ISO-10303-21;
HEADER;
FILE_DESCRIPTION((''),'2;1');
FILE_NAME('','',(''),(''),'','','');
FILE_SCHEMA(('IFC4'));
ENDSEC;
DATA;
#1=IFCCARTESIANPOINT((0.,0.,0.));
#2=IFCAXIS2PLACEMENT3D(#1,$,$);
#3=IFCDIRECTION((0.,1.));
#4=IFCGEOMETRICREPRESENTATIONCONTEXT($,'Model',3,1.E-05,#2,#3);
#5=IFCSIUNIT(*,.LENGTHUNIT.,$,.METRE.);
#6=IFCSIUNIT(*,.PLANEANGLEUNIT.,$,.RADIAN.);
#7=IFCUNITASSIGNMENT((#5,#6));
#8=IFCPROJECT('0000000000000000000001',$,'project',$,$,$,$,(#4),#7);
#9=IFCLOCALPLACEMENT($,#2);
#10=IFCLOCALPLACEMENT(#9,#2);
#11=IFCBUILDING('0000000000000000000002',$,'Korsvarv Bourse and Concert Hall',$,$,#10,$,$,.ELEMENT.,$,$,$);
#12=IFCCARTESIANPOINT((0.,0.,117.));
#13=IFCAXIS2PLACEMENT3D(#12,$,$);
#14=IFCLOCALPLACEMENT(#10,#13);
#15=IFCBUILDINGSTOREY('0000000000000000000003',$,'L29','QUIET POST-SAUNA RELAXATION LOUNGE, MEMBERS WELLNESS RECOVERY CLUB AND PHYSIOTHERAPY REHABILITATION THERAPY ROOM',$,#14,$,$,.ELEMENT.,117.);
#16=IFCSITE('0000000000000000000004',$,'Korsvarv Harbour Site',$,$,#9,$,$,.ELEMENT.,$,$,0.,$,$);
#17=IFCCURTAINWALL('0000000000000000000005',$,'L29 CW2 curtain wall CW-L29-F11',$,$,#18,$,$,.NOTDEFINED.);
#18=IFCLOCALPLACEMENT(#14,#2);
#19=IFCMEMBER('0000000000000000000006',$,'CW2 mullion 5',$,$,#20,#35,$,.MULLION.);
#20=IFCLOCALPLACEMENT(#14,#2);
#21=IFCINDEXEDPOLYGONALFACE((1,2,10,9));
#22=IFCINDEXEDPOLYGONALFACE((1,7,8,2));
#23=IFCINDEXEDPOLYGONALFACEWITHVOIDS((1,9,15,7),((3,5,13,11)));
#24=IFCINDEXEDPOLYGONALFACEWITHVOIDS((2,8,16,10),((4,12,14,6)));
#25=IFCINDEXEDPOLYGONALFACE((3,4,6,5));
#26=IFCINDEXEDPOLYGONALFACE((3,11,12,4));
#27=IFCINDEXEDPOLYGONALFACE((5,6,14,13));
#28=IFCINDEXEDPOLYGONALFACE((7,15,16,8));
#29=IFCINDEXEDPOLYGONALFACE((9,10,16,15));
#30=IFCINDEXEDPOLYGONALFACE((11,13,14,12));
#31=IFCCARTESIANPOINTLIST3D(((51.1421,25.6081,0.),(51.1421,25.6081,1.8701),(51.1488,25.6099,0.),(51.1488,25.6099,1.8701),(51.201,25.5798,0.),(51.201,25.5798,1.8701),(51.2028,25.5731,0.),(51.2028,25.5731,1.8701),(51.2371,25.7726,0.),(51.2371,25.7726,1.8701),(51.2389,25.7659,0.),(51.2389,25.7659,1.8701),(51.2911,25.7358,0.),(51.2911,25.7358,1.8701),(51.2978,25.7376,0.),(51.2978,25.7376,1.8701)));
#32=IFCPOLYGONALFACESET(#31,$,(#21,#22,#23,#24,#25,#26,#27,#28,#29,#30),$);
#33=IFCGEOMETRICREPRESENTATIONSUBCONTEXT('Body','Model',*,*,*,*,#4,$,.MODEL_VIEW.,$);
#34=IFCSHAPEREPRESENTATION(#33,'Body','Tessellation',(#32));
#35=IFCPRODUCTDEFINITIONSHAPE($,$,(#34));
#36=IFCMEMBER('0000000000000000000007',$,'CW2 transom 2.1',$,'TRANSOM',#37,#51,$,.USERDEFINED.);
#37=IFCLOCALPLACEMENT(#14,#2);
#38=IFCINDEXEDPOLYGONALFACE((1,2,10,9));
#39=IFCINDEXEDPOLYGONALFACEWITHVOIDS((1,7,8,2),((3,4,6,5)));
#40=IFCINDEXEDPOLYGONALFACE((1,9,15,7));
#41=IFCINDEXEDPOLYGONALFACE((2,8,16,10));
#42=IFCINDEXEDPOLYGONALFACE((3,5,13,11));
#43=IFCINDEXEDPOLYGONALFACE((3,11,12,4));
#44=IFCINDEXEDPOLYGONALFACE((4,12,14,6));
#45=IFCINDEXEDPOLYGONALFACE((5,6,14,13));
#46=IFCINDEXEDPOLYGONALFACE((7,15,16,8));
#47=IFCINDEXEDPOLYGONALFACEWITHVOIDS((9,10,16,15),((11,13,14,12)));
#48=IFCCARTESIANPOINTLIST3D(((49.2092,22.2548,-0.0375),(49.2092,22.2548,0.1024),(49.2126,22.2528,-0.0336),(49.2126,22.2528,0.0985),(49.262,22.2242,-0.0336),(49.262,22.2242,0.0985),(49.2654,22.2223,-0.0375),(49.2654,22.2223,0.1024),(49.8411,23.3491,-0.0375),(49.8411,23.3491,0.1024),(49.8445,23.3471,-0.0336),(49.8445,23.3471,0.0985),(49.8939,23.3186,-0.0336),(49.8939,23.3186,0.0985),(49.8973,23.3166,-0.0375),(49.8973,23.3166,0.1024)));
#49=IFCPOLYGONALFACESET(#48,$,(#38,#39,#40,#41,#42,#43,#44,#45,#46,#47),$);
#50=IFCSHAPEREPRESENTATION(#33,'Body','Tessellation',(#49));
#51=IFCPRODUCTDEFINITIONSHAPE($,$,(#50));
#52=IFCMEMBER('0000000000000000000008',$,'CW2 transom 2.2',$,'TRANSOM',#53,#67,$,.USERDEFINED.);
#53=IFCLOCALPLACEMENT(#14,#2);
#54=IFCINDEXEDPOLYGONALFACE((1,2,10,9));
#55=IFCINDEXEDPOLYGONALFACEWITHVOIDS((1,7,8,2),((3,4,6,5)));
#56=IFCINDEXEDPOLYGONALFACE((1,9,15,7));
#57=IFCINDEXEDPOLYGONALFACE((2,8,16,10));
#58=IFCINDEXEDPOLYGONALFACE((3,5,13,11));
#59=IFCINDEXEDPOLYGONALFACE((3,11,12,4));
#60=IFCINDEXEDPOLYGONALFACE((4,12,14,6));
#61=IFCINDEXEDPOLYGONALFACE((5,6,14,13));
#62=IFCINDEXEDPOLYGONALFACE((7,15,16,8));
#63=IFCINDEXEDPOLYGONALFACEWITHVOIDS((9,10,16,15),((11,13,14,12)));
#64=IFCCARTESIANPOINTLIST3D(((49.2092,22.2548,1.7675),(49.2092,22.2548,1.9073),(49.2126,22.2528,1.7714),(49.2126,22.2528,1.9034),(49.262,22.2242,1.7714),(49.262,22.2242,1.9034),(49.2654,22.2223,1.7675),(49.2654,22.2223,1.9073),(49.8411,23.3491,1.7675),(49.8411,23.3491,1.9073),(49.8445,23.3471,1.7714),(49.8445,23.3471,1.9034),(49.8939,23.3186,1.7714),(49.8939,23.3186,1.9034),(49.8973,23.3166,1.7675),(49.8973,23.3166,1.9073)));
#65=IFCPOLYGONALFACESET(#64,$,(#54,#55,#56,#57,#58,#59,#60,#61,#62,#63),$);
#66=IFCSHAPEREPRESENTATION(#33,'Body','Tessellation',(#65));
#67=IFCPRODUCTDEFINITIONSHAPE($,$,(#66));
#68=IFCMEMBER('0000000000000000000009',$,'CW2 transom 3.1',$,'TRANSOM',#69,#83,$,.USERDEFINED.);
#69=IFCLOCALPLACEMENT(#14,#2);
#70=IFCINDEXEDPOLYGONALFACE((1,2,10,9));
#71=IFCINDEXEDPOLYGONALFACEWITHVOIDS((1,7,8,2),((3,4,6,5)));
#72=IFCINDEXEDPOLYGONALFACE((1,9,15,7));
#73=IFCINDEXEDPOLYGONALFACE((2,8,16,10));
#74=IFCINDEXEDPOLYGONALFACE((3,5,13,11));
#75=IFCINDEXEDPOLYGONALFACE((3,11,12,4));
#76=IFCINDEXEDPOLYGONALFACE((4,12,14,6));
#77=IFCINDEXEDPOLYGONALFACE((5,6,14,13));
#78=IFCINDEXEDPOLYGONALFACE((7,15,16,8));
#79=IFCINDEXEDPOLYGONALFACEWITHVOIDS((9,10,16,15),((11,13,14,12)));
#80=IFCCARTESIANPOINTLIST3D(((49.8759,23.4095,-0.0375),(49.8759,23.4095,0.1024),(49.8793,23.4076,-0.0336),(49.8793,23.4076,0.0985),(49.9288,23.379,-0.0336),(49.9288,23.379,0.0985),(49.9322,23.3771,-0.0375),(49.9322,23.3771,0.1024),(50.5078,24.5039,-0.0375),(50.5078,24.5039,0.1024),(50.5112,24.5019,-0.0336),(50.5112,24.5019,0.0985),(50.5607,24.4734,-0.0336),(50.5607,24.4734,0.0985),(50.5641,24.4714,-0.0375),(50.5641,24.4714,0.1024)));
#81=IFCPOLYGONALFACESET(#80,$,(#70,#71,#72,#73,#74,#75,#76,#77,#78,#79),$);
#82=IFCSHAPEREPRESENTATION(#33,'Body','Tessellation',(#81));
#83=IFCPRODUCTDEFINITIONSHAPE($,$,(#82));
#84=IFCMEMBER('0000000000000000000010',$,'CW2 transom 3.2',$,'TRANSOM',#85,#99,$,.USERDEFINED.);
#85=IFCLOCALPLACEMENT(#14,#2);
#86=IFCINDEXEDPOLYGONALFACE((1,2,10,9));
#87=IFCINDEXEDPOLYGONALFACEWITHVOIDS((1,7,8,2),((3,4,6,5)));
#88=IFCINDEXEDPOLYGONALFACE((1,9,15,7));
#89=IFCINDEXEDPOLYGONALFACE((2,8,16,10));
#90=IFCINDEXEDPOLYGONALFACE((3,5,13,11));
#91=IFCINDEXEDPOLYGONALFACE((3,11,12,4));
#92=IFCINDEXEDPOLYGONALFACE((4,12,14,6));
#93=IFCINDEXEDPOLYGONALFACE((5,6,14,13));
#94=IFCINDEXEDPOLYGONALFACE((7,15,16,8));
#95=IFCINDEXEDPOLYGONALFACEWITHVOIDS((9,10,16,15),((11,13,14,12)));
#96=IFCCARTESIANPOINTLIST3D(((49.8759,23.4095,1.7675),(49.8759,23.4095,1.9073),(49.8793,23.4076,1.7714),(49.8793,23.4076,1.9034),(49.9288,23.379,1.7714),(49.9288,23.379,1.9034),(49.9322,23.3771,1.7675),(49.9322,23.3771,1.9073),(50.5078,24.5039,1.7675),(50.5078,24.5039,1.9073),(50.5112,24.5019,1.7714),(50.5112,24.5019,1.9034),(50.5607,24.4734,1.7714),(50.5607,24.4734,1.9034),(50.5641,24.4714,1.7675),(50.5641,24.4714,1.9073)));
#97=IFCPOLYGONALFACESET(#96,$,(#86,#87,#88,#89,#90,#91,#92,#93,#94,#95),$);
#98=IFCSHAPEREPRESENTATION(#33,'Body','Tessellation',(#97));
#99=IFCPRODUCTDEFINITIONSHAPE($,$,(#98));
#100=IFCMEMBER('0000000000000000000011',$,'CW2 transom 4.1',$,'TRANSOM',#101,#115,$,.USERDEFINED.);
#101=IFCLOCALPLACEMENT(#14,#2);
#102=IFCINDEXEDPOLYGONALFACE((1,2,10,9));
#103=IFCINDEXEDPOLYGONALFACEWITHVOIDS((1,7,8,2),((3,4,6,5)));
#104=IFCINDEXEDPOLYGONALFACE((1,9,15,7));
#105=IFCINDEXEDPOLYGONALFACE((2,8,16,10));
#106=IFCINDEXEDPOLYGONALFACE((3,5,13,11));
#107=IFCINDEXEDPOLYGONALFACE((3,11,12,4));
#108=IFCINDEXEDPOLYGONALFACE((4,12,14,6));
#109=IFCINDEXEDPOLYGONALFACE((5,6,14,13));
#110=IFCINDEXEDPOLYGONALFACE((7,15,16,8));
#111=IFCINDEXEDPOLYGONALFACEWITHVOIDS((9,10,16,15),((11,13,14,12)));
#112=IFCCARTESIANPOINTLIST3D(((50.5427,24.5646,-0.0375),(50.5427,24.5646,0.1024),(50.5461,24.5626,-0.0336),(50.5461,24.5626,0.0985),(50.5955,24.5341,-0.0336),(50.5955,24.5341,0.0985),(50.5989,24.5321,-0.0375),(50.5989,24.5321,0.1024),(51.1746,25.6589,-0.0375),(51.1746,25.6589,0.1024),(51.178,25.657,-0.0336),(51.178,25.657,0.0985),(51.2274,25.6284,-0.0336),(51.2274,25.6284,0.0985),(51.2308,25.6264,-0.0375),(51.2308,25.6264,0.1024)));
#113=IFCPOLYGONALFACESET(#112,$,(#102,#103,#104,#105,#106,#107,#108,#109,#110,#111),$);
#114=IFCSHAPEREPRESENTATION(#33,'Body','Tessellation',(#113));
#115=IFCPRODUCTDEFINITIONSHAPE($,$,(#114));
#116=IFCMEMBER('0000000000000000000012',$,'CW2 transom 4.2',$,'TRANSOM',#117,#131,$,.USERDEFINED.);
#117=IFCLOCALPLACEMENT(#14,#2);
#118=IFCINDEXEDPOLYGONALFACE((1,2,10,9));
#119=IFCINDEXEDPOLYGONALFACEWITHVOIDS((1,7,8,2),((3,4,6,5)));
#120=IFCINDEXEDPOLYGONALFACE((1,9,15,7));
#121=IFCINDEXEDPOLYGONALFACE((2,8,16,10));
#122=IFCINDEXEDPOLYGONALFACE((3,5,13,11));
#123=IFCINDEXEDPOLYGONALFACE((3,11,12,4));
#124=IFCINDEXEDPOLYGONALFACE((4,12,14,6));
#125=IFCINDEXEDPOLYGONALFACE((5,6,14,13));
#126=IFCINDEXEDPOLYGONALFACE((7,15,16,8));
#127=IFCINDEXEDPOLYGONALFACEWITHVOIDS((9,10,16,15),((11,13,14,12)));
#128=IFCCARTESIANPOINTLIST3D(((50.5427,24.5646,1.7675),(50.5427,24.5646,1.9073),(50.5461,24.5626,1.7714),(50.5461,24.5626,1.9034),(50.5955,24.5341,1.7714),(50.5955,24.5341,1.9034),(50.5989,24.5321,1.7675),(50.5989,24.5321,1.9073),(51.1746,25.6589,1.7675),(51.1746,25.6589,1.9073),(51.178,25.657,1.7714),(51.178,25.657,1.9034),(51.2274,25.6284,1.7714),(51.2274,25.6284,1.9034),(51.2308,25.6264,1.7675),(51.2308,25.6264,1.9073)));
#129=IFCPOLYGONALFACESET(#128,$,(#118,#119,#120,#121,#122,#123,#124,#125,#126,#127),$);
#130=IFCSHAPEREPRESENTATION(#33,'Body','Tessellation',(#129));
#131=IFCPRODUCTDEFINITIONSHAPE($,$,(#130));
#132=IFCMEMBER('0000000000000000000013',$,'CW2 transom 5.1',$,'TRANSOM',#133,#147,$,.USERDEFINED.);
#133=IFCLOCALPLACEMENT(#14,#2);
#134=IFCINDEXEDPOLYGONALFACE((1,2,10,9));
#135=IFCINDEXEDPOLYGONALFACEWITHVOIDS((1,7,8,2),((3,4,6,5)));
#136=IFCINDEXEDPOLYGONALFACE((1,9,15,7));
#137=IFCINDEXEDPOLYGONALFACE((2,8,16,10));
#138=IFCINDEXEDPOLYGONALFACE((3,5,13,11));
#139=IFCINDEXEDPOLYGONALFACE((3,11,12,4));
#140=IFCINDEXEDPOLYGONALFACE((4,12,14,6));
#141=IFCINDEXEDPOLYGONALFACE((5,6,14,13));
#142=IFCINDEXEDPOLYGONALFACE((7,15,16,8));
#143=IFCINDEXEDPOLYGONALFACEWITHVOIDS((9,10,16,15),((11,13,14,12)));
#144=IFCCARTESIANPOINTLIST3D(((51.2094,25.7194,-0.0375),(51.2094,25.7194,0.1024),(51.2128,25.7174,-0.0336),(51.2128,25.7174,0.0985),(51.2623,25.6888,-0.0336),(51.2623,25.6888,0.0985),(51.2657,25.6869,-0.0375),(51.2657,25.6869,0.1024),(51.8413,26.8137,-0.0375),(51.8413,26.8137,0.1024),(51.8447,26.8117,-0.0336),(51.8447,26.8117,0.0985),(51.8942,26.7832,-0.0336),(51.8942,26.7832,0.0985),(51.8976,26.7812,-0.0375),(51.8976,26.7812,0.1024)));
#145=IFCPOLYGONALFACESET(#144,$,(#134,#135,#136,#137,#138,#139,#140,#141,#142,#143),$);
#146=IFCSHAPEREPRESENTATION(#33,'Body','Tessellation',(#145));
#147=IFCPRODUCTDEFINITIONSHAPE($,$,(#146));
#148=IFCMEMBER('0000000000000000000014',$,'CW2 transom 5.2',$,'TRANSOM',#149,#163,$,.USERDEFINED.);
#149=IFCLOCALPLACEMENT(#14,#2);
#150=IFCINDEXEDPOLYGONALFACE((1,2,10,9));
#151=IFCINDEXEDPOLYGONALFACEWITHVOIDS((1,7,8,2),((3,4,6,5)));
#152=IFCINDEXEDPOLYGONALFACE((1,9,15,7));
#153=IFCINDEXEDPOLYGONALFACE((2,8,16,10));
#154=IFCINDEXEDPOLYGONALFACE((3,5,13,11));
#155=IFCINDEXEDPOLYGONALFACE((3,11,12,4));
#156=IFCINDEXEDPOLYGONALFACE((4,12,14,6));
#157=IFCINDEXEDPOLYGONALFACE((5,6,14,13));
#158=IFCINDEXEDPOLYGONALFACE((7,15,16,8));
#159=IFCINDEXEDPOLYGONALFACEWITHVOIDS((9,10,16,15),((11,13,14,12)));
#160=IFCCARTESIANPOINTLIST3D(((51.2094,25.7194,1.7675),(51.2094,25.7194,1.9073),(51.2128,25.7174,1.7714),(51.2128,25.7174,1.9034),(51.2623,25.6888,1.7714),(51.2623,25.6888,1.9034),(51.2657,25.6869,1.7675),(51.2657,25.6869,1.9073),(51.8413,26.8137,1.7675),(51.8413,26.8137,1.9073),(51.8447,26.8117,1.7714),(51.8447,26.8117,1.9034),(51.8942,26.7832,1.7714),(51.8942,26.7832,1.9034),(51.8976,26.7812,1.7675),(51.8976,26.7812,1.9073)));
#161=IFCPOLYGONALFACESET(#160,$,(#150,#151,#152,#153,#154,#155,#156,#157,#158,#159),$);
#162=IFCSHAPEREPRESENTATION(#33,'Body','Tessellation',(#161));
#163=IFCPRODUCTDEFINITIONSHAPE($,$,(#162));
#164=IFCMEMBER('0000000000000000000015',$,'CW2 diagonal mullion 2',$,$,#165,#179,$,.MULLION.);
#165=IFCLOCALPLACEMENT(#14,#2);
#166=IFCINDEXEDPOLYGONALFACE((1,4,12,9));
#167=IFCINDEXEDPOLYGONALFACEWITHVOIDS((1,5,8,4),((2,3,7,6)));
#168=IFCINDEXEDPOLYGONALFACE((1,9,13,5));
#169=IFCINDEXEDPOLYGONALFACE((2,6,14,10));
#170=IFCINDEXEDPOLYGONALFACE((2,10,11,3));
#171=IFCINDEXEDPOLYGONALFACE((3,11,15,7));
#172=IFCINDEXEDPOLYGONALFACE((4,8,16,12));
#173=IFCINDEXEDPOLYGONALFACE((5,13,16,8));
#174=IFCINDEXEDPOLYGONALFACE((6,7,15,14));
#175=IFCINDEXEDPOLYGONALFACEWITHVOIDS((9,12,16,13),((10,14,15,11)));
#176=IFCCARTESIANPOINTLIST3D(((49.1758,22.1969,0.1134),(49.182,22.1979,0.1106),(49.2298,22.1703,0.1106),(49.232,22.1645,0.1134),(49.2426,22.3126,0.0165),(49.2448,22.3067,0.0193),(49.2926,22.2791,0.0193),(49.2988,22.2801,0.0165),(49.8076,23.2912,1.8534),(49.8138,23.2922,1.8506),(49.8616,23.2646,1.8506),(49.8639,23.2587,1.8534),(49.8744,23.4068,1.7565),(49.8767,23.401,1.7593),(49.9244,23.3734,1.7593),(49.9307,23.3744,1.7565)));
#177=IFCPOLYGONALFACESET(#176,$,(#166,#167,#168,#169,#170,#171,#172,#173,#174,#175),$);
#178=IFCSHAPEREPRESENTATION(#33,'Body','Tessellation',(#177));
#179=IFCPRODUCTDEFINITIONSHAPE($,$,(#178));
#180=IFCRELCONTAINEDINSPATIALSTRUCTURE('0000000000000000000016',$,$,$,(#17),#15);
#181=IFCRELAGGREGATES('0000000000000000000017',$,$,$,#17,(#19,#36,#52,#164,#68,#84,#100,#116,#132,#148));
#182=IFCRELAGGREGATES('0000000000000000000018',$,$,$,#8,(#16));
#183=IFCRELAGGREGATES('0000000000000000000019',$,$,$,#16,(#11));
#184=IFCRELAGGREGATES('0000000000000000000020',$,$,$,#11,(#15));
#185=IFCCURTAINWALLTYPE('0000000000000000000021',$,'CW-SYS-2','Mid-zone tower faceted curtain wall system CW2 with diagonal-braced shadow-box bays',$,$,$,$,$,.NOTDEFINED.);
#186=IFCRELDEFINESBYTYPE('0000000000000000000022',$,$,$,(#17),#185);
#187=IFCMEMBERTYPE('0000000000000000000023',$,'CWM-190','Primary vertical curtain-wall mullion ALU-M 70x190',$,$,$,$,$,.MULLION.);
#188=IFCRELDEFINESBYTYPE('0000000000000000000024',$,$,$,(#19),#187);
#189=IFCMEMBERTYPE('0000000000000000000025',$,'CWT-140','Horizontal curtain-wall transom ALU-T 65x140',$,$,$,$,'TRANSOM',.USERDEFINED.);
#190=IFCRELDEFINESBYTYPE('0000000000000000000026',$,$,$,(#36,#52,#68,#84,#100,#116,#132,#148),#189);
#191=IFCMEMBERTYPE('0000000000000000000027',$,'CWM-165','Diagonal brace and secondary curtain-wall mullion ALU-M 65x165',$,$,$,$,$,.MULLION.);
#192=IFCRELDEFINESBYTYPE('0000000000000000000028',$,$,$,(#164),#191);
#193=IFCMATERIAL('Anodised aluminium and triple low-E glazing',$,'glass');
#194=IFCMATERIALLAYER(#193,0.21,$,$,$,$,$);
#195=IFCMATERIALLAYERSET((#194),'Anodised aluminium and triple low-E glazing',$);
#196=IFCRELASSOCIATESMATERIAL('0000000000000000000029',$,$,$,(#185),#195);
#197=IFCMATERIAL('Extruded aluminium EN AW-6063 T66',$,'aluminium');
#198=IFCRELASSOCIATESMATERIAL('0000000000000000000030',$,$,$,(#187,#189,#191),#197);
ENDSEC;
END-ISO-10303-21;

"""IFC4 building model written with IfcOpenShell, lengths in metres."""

from ifc_helpers import new_model, si_unit, direction, frame, origin, origin_2d, place, context, subcontext, project, spatial, hollow_rectangle, extrude, source, transform, mapped, material, layer, layer_set, material_profile, profile_set, type_object, element, aggregate, save


model = new_model("IFC4")

# Units and contexts
model_context = context("Model", 3, precision=1e-05, world=origin(), true_north=direction((0.0, 1.0)))
body_context = subcontext(model_context, "Body", "Model", "MODEL_VIEW")
ifc_project = project(units=[si_unit("LENGTHUNIT", "METRE"), si_unit("PLANEANGLEUNIT", "RADIAN")], contexts=[model_context])

# Site, building, storey
site_placement = place(None, origin())
site = spatial("IfcSite", under=ifc_project, at=site_placement, Name="Korsvarv Harbour Site", CompositionType="ELEMENT", RefElevation=0.0)
building_placement = place(site_placement, origin())
building = spatial("IfcBuilding", under=site, at=building_placement, Name="Korsvarv Bourse and Concert Hall", CompositionType="ELEMENT")
storey_placement = place(building_placement, frame((0.0, 0.0, 117.0)))
storey = spatial("IfcBuildingStorey", under=building, at=storey_placement, Name="L29", Description="QUIET POST-SAUNA RELAXATION LOUNGE, MEMBERS WELLNESS RECOVERY CLUB AND PHYSIOTHERAPY REHABILITATION THERAPY ROOM", CompositionType="ELEMENT", Elevation=117.0)

# Curtain wall, members
ifc_material_1 = material(Name="Anodised aluminium and triple low-E glazing", Category="glass")
ifc_layer_1 = layer(ifc_material_1, 0.21)
ifc_layer_set_1 = layer_set([ifc_layer_1], Name="Anodised aluminium and triple low-E glazing")
curtain_wall_type = type_object("IfcCurtainWallType", Name="CW-SYS-2", Description="Mid-zone tower faceted curtain wall system CW2 with diagonal-braced shadow-box bays", PredefinedType="NOTDEFINED", material=ifc_layer_set_1)
curtain_wall_placement = place(storey_placement, origin())
curtain_wall = element("IfcCurtainWall", 1, at=curtain_wall_placement, inside=storey, type_object=curtain_wall_type, Name="L29 CW2 curtain wall CW-L29-F11", PredefinedType="NOTDEFINED")
ifc_material_2 = material(Name="Extruded aluminium EN AW-6063 T66", Category="aluminium")
ifc_material_profile_1 = material_profile(ifc_material_2, hollow_rectangle(XDim=0.0701, YDim=0.1899, WallThickness=0.0049, at=origin_2d()), Name="ALU-M 70x190")
ifc_profile_set_1 = profile_set([ifc_material_profile_1], Name="Extruded aluminium EN AW-6063 T66")
member_type_1 = type_object("IfcMemberType", Name="CWM-190", Description="Primary vertical curtain-wall mullion ALU-M 70x190", PredefinedType="MULLION", material=ifc_profile_set_1)
shared_shape_1 = source(origin(), body_context, "Body", "SweptSolid", [
    extrude(hollow_rectangle(XDim=0.0701, YDim=0.1899, WallThickness=0.0049, at=origin_2d()), origin(), (0.0, 0.0, 1.0), 1.8701),
])
member_1_placement = place(storey_placement, frame((51.22, 25.6729, 0.0), z_axis=(0.0, 0.0, 1.0), x_axis=(-0.866022, 0.500006, 0.0)))
member_1 = element("IfcMember", 2, at=member_1_placement, type_object=member_type_1, Name="CW2 mullion 5", PredefinedType="MULLION", context=body_context, shape_type="MappedRepresentation", body=[
    mapped(shared_shape_1, transform((0.0, 0.0, 0.0), scale=1.0)),
])
ifc_material_profile_2 = material_profile(ifc_material_2, hollow_rectangle(XDim=0.0649, YDim=0.1399, WallThickness=0.0039, at=origin_2d()), Name="ALU-T 65x140")
ifc_profile_set_2 = profile_set([ifc_material_profile_2], Name="Extruded aluminium EN AW-6063 T66")
member_type_2 = type_object("IfcMemberType", Name="CWT-140", Description="Horizontal curtain-wall transom ALU-T 65x140", ElementType="TRANSOM", PredefinedType="USERDEFINED", material=ifc_profile_set_2)
shared_shape_2 = source(origin(), body_context, "Body", "SweptSolid", [
    extrude(hollow_rectangle(XDim=0.0649, YDim=0.1399, WallThickness=0.0039, at=origin_2d()), origin(), (0.0, 0.0, 1.0), 1.2637),
])
member_2_placement = place(storey_placement, frame((49.2373, 22.2385, 0.0325), z_axis=(0.500046, 0.865999, 0.0), x_axis=(-0.865999, 0.500046, 0.0)))
member_2 = element("IfcMember", 3, at=member_2_placement, type_object=member_type_2, Name="CW2 transom 2.1", ObjectType="TRANSOM", PredefinedType="USERDEFINED", context=body_context, shape_type="MappedRepresentation", body=[
    mapped(shared_shape_2, transform((0.0, 0.0, 0.0), scale=1.0)),
])
member_3_placement = place(storey_placement, frame((49.2373, 22.2385, 1.8374), z_axis=(0.500046, 0.865999, 0.0), x_axis=(-0.865999, 0.500046, 0.0)))
member_3 = element("IfcMember", 4, at=member_3_placement, type_object=member_type_2, Name="CW2 transom 2.2", ObjectType="TRANSOM", PredefinedType="USERDEFINED", context=body_context, shape_type="MappedRepresentation", body=[
    mapped(shared_shape_2, transform((0.0, 0.0, 0.0), scale=1.0)),
])
member_4_placement = place(storey_placement, frame((49.9041, 23.3933, 0.0325), z_axis=(0.500046, 0.865999, 0.0), x_axis=(-0.865999, 0.500046, 0.0)))
member_4 = element("IfcMember", 5, at=member_4_placement, type_object=member_type_2, Name="CW2 transom 3.1", ObjectType="TRANSOM", PredefinedType="USERDEFINED", context=body_context, shape_type="MappedRepresentation", body=[
    mapped(shared_shape_2, transform((0.0, 0.0, 0.0), scale=1.0)),
])
member_5_placement = place(storey_placement, frame((49.9041, 23.3933, 1.8374), z_axis=(0.500046, 0.865999, 0.0), x_axis=(-0.865999, 0.500046, 0.0)))
member_5 = element("IfcMember", 6, at=member_5_placement, type_object=member_type_2, Name="CW2 transom 3.2", ObjectType="TRANSOM", PredefinedType="USERDEFINED", context=body_context, shape_type="MappedRepresentation", body=[
    mapped(shared_shape_2, transform((0.0, 0.0, 0.0), scale=1.0)),
])
member_6_placement = place(storey_placement, frame((50.5708, 24.5483, 0.0325), z_axis=(0.500046, 0.865999, 0.0), x_axis=(-0.865999, 0.500046, 0.0)))
member_6 = element("IfcMember", 7, at=member_6_placement, type_object=member_type_2, Name="CW2 transom 4.1", ObjectType="TRANSOM", PredefinedType="USERDEFINED", context=body_context, shape_type="MappedRepresentation", body=[
    mapped(shared_shape_2, transform((0.0, 0.0, 0.0), scale=1.0)),
])
member_7_placement = place(storey_placement, frame((50.5708, 24.5483, 1.8374), z_axis=(0.500046, 0.865999, 0.0), x_axis=(-0.865999, 0.500046, 0.0)))
member_7 = element("IfcMember", 8, at=member_7_placement, type_object=member_type_2, Name="CW2 transom 4.2", ObjectType="TRANSOM", PredefinedType="USERDEFINED", context=body_context, shape_type="MappedRepresentation", body=[
    mapped(shared_shape_2, transform((0.0, 0.0, 0.0), scale=1.0)),
])
member_8_placement = place(storey_placement, frame((51.2375, 25.7031, 0.0325), z_axis=(0.500046, 0.865999, 0.0), x_axis=(-0.865999, 0.500046, 0.0)))
member_8 = element("IfcMember", 9, at=member_8_placement, type_object=member_type_2, Name="CW2 transom 5.1", ObjectType="TRANSOM", PredefinedType="USERDEFINED", context=body_context, shape_type="MappedRepresentation", body=[
    mapped(shared_shape_2, transform((0.0, 0.0, 0.0), scale=1.0)),
])
member_9_placement = place(storey_placement, frame((51.2375, 25.7031, 1.8374), z_axis=(0.500046, 0.865999, 0.0), x_axis=(-0.865999, 0.500046, 0.0)))
member_9 = element("IfcMember", 10, at=member_9_placement, type_object=member_type_2, Name="CW2 transom 5.2", ObjectType="TRANSOM", PredefinedType="USERDEFINED", context=body_context, shape_type="MappedRepresentation", body=[
    mapped(shared_shape_2, transform((0.0, 0.0, 0.0), scale=1.0)),
])
ifc_material_profile_3 = material_profile(ifc_material_2, hollow_rectangle(XDim=0.0649, YDim=0.165, WallThickness=0.0049, at=origin_2d()), Name="ALU-M 65x165")
ifc_profile_set_3 = profile_set([ifc_material_profile_3], Name="Extruded aluminium EN AW-6063 T66")
member_type_3 = type_object("IfcMemberType", Name="CWM-165", Description="Diagonal brace and secondary curtain-wall mullion ALU-M 65x165", PredefinedType="MULLION", material=ifc_profile_set_3)
shared_shape_3 = source(origin(), body_context, "Body", "SweptSolid", [
    extrude(hollow_rectangle(XDim=0.0649, YDim=0.165, WallThickness=0.0049, at=origin_2d()), origin(), (0.0, 0.0, 1.0), 2.1504),
])
member_10_placement = place(storey_placement, frame((49.2373, 22.2385, 0.0649), z_axis=(0.293825, 0.508858, 0.809154), x_axis=(-0.865999, 0.500046, 0.0)))
member_10 = element("IfcMember", 11, at=member_10_placement, type_object=member_type_3, Name="CW2 diagonal mullion 2", PredefinedType="MULLION", context=body_context, shape_type="MappedRepresentation", body=[
    mapped(shared_shape_3, transform((0.0, 0.0, 0.0), scale=1.0)),
])
aggregate(curtain_wall, [member_1, member_2, member_3, member_10, member_4, member_5, member_6, member_7, member_8, member_9])

save(model, "model.ifc")
